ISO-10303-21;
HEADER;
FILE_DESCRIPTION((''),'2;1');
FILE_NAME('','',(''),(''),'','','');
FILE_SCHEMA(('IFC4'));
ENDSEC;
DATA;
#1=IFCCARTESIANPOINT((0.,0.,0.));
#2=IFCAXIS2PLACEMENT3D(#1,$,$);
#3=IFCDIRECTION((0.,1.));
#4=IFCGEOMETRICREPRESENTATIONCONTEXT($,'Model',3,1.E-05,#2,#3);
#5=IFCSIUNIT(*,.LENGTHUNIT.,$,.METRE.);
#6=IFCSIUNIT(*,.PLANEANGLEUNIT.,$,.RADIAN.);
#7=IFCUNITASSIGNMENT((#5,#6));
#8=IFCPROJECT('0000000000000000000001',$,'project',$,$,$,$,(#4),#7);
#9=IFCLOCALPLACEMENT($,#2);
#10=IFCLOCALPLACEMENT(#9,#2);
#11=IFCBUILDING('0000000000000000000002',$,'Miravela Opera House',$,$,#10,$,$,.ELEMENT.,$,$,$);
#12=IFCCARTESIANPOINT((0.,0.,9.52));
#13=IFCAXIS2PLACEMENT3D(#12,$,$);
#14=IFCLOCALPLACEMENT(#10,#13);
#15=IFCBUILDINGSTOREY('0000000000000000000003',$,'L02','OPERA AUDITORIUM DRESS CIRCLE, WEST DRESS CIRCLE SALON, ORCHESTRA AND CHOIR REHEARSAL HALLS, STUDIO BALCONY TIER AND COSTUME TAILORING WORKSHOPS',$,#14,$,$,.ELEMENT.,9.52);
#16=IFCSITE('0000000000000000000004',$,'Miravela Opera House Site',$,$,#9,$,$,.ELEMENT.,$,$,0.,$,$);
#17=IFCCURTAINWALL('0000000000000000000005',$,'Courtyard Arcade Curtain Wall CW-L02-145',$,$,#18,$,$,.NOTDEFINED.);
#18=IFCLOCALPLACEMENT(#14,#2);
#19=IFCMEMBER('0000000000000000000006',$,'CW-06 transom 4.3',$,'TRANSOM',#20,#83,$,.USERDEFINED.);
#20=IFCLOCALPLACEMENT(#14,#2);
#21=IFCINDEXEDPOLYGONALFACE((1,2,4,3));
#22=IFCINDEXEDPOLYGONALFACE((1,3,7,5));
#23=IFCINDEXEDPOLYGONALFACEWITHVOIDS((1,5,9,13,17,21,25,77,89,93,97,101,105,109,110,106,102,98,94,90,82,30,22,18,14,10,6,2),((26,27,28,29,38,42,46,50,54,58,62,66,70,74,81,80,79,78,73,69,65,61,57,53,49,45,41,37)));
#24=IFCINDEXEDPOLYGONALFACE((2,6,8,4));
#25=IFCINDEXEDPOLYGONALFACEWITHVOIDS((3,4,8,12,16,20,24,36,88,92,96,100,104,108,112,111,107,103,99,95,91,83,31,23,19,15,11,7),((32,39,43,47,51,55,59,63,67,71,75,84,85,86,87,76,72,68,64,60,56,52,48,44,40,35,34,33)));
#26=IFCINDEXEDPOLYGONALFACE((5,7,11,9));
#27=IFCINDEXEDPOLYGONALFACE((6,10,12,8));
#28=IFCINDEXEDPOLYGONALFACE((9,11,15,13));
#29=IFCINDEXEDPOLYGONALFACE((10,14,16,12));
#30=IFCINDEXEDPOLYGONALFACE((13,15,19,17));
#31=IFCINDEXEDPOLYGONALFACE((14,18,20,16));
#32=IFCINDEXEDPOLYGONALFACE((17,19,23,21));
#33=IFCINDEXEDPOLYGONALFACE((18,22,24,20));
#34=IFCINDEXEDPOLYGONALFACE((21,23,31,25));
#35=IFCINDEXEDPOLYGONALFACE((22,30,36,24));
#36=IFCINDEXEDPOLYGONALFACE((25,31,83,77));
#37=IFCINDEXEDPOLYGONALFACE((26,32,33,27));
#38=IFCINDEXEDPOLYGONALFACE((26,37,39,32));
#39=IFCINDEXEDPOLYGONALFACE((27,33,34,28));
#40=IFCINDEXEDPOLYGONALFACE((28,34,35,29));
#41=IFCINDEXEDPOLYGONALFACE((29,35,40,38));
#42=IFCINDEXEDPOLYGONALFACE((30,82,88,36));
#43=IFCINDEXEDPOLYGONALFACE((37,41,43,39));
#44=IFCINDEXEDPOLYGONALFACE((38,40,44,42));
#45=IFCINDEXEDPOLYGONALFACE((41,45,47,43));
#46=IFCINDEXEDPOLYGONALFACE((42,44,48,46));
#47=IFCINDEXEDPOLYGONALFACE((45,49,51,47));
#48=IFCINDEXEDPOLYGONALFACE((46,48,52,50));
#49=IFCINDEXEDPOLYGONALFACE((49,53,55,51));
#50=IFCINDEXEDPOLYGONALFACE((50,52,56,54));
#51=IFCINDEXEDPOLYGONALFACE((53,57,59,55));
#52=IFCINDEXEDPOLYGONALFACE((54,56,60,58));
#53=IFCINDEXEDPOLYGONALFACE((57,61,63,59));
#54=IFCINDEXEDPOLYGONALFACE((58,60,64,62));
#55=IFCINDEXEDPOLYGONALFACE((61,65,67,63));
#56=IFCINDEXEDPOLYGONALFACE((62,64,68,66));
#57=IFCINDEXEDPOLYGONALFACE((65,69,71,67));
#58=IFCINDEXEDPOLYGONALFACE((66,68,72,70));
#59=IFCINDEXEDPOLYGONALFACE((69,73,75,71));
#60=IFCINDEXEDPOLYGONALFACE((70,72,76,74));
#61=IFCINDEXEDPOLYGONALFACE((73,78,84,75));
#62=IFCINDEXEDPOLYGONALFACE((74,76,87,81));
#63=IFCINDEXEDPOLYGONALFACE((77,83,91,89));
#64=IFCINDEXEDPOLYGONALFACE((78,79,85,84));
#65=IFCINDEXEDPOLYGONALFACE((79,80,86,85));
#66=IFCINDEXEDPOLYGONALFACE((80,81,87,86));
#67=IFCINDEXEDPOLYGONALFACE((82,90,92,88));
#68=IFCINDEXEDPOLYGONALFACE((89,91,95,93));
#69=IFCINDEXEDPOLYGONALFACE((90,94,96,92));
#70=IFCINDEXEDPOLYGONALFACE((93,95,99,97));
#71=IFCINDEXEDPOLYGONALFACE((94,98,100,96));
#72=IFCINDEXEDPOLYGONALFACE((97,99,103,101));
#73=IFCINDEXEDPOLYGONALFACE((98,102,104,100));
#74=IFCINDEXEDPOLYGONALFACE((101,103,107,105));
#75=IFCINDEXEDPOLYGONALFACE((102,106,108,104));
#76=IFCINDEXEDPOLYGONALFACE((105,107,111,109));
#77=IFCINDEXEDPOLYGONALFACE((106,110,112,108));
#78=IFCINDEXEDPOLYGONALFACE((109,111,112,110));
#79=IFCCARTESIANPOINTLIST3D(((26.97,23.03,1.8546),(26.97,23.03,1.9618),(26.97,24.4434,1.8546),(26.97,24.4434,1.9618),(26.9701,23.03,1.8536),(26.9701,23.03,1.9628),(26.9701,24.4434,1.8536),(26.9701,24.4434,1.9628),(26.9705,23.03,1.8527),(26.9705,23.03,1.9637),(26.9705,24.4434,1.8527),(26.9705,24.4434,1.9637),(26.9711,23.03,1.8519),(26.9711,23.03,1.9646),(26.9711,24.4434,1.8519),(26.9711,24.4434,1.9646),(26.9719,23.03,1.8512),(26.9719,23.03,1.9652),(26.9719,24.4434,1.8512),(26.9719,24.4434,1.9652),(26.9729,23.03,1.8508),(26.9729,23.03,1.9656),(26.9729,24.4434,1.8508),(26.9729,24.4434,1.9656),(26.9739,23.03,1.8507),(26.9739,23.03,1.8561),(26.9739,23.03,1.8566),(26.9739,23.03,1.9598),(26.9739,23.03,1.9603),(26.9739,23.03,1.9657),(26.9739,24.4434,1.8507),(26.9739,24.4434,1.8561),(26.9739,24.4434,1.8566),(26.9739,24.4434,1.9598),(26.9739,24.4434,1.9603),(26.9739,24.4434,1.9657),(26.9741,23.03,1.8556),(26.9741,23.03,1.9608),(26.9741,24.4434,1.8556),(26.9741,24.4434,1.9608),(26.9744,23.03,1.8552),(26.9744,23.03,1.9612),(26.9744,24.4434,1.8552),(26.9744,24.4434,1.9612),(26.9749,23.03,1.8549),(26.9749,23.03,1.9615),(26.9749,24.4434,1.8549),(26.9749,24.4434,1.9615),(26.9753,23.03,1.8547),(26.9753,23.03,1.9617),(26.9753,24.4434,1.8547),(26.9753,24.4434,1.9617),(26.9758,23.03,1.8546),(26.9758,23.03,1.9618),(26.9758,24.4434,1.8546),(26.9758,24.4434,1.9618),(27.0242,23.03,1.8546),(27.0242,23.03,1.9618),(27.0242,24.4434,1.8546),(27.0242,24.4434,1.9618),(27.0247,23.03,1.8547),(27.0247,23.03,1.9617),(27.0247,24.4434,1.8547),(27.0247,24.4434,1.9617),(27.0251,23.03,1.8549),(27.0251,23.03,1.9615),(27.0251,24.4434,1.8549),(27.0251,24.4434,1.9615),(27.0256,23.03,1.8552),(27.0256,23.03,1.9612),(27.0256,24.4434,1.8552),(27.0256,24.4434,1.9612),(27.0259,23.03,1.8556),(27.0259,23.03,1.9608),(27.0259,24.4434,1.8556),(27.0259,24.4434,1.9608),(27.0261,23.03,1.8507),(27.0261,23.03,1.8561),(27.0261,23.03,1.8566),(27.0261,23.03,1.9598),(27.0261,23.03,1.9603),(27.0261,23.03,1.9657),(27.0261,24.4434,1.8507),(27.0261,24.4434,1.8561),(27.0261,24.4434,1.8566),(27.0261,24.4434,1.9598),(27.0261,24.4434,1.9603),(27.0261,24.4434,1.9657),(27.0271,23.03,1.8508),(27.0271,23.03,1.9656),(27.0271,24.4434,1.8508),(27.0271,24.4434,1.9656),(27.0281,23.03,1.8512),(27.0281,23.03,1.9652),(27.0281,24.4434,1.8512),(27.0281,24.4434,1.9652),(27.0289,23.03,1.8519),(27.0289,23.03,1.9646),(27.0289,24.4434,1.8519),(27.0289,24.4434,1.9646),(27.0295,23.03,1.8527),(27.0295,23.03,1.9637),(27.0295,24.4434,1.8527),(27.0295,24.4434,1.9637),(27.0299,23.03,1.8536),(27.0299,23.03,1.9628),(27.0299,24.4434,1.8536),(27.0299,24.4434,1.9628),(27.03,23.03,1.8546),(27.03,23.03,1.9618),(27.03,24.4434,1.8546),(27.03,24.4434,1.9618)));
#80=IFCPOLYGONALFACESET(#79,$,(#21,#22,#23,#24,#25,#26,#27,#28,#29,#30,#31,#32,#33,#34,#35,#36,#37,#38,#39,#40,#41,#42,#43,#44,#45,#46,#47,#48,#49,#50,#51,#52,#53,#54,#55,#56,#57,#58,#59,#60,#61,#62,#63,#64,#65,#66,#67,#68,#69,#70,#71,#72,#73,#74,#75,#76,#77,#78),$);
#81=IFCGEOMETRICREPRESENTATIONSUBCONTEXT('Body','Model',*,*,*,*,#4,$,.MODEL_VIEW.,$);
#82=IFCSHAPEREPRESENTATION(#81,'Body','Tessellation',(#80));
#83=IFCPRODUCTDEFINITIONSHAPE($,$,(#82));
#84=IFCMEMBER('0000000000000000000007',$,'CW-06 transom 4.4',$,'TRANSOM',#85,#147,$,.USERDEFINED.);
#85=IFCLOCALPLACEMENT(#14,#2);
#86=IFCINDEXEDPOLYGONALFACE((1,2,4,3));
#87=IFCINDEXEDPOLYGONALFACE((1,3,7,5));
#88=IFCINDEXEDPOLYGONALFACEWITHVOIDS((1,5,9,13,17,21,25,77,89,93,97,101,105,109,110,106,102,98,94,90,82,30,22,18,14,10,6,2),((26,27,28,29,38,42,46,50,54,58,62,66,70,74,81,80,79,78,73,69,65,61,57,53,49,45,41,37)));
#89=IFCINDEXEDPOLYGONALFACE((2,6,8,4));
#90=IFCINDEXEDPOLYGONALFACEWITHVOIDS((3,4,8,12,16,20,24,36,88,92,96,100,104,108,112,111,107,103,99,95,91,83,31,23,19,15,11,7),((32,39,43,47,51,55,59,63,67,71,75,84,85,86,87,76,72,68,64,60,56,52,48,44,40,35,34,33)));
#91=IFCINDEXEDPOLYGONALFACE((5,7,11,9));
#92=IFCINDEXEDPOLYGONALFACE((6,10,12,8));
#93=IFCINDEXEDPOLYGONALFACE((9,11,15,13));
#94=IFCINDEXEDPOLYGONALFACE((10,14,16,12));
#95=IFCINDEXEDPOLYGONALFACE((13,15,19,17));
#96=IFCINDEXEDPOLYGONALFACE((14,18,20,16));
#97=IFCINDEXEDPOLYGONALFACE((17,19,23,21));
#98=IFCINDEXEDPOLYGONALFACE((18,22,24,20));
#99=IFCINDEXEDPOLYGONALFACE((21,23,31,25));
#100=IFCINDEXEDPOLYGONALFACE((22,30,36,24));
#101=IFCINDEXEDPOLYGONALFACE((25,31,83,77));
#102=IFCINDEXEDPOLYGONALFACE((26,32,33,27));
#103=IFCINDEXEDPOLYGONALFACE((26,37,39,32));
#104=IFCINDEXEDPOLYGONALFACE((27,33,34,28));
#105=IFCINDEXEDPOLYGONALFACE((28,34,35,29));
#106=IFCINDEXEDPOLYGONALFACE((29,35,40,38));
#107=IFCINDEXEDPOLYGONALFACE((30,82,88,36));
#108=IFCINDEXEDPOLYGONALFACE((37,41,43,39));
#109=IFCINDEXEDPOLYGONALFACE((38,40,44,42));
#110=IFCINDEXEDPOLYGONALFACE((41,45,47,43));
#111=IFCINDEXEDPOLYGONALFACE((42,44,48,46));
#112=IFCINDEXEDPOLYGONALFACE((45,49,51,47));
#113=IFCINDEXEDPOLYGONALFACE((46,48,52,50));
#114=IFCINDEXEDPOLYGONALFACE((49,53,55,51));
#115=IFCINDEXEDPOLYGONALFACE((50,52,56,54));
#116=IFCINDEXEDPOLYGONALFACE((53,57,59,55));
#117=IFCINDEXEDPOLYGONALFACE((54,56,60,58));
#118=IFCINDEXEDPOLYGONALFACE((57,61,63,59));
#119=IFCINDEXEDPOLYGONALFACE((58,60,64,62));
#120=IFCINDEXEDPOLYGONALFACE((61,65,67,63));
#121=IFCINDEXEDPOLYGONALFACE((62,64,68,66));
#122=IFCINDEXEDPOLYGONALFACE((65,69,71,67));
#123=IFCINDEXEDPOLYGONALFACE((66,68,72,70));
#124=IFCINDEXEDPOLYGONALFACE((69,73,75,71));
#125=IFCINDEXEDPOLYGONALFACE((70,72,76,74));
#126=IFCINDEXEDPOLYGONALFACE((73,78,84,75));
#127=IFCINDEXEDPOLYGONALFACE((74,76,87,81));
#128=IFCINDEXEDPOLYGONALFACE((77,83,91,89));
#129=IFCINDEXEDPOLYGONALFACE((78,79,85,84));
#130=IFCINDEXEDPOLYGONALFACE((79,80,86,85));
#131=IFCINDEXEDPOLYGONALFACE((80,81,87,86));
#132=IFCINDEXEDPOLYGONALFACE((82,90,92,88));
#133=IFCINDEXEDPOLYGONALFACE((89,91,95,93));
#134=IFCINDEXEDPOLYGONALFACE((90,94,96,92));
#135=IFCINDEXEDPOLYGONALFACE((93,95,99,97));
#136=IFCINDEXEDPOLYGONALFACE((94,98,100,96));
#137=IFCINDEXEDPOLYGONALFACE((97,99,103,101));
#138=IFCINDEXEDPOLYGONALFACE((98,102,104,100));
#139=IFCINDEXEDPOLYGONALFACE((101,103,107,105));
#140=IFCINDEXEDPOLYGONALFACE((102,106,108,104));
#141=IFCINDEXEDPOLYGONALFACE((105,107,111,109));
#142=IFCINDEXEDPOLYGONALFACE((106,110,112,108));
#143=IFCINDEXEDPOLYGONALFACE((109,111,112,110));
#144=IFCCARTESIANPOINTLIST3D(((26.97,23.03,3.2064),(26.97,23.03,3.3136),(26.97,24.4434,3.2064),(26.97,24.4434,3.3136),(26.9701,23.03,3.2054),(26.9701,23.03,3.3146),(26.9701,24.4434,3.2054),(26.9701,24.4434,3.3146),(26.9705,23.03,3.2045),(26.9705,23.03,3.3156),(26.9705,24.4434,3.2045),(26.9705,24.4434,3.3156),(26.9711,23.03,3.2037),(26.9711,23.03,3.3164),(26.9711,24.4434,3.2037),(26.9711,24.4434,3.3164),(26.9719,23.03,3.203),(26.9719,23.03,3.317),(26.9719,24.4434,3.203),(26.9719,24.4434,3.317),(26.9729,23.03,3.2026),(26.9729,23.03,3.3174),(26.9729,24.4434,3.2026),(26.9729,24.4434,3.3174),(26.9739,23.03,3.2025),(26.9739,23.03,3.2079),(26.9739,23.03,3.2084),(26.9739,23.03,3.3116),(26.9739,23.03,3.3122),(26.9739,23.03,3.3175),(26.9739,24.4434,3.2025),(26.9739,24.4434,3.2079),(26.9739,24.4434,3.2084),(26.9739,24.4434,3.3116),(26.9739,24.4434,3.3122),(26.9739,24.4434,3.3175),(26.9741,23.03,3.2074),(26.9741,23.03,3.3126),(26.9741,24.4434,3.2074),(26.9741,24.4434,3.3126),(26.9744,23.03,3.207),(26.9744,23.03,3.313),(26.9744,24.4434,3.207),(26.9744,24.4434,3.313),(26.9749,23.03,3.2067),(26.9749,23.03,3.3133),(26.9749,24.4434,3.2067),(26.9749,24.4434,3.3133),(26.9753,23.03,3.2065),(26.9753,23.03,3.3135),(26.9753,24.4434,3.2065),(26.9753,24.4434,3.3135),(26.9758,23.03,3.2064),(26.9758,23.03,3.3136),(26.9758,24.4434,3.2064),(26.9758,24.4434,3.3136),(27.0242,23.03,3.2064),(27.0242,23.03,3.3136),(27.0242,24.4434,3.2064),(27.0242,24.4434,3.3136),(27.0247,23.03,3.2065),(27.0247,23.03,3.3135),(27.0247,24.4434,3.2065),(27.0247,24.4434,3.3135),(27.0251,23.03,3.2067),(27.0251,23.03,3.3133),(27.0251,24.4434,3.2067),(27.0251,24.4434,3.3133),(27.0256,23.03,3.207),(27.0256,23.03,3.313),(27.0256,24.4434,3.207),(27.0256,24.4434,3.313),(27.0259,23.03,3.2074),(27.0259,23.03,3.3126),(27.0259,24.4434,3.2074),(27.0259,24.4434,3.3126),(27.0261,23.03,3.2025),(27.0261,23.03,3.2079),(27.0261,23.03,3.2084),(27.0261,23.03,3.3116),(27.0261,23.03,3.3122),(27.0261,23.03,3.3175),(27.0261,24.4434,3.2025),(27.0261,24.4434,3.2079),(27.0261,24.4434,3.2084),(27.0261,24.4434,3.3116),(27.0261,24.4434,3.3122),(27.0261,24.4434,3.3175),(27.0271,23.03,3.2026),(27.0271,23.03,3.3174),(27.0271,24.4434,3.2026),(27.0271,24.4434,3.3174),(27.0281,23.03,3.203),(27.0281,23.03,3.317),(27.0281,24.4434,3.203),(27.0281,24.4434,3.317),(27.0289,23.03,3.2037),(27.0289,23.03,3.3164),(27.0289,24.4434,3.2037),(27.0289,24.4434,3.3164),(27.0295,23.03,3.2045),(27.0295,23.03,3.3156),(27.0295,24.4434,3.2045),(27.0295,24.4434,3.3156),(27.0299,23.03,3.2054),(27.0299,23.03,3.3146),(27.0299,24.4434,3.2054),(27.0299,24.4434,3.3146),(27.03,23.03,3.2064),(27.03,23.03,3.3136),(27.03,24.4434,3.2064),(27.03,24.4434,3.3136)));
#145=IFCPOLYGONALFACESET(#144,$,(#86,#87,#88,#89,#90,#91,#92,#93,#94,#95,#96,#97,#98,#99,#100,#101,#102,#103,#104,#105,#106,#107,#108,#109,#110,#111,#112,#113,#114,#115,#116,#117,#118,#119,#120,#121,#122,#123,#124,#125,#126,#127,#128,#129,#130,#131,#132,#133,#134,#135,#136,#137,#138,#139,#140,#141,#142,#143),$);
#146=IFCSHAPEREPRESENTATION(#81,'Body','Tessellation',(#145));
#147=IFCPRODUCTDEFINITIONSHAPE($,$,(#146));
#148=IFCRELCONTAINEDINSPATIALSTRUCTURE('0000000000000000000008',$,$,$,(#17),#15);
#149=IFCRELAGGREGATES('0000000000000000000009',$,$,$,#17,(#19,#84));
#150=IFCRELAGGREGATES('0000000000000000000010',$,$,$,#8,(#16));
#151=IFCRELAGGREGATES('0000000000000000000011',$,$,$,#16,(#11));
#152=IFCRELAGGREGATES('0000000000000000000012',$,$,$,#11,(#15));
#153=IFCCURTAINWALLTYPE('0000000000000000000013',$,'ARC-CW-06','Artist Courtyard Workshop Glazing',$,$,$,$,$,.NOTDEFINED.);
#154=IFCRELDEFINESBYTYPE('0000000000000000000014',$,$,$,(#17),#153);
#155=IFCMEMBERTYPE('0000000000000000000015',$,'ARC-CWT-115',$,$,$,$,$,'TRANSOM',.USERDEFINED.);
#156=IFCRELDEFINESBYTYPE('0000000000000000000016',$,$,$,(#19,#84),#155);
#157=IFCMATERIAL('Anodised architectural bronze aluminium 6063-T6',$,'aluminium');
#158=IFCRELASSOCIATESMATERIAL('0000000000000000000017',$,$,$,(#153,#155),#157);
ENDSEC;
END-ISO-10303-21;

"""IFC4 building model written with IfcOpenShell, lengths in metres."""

from ifc_helpers import new_model, si_unit, direction, frame, origin, origin_2d, place, context, subcontext, project, spatial, hollow_rectangle, extrude, material, material_profile, profile_set, type_object, element, aggregate, save


model = new_model("IFC4")

# Units and contexts
model_context = context("Model", 3, precision=1e-05, world=origin(), true_north=direction((0.0, 1.0)))
body_context = subcontext(model_context, "Body", "Model", "MODEL_VIEW")
ifc_project = project(units=[si_unit("LENGTHUNIT", "METRE"), si_unit("PLANEANGLEUNIT", "RADIAN")], contexts=[model_context])

# Site, building, storey
site_placement = place(None, origin())
site = spatial("IfcSite", under=ifc_project, at=site_placement, Name="Miravela Opera House Site", CompositionType="ELEMENT", RefElevation=0.0)
building_placement = place(site_placement, origin())
building = spatial("IfcBuilding", under=site, at=building_placement, Name="Miravela Opera House", CompositionType="ELEMENT")
storey_placement = place(building_placement, frame((0.0, 0.0, 9.52)))
storey = spatial("IfcBuildingStorey", under=building, at=storey_placement, Name="L02", Description="OPERA AUDITORIUM DRESS CIRCLE, WEST DRESS CIRCLE SALON, ORCHESTRA AND CHOIR REHEARSAL HALLS, STUDIO BALCONY TIER AND COSTUME TAILORING WORKSHOPS", CompositionType="ELEMENT", Elevation=9.52)

# Curtain wall, members
ifc_material_1 = material(Name="Anodised architectural bronze aluminium 6063-T6", Category="aluminium")
curtain_wall_type = type_object("IfcCurtainWallType", Name="ARC-CW-06", Description="Artist Courtyard Workshop Glazing", PredefinedType="NOTDEFINED", material=ifc_material_1)
curtain_wall_placement = place(storey_placement, origin())
curtain_wall = element("IfcCurtainWall", 1, at=curtain_wall_placement, inside=storey, type_object=curtain_wall_type, Name="Courtyard Arcade Curtain Wall CW-L02-145", PredefinedType="NOTDEFINED")
ifc_material_profile_1 = material_profile(ifc_material_1, hollow_rectangle(XDim=0.0601, YDim=0.115, WallThickness=0.0039, InnerFilletRadius=0.002, OuterFilletRadius=0.0039, at=origin_2d()), Name="CWT-60X115")
ifc_profile_set_1 = profile_set([ifc_material_profile_1])
member_type_1 = type_object("IfcMemberType", Name="ARC-CWT-115", ElementType="TRANSOM", PredefinedType="USERDEFINED", material=ifc_profile_set_1)
member_1_placement = place(storey_placement, frame((27.0, 23.03, 1.9082), z_axis=(0.0, 1.0, 0.0), x_axis=(-1.0, 0.0, 0.0)))
member_1 = element("IfcMember", 2, at=member_1_placement, type_object=member_type_1, Name="CW-06 transom 4.3", ObjectType="TRANSOM", PredefinedType="USERDEFINED", context=body_context, shape_type="SweptSolid", body=[
    extrude(hollow_rectangle(XDim=0.0601, YDim=0.115, WallThickness=0.0039, InnerFilletRadius=0.002, OuterFilletRadius=0.0039, at=origin_2d()), origin(), (0.0, 0.0, 1.0), 1.4133),
])
member_2_placement = place(storey_placement, frame((27.0, 23.03, 3.26), z_axis=(0.0, 1.0, 0.0), x_axis=(-1.0, 0.0, 0.0)))
member_2 = element("IfcMember", 3, at=member_2_placement, type_object=member_type_1, Name="CW-06 transom 4.4", ObjectType="TRANSOM", PredefinedType="USERDEFINED", context=body_context, shape_type="SweptSolid", body=[
    extrude(hollow_rectangle(XDim=0.0601, YDim=0.115, WallThickness=0.0039, InnerFilletRadius=0.002, OuterFilletRadius=0.0039, at=origin_2d()), origin(), (0.0, 0.0, 1.0), 1.4133),
])

aggregate(curtain_wall, [member_1, member_2])

save(model, "model.ifc")
